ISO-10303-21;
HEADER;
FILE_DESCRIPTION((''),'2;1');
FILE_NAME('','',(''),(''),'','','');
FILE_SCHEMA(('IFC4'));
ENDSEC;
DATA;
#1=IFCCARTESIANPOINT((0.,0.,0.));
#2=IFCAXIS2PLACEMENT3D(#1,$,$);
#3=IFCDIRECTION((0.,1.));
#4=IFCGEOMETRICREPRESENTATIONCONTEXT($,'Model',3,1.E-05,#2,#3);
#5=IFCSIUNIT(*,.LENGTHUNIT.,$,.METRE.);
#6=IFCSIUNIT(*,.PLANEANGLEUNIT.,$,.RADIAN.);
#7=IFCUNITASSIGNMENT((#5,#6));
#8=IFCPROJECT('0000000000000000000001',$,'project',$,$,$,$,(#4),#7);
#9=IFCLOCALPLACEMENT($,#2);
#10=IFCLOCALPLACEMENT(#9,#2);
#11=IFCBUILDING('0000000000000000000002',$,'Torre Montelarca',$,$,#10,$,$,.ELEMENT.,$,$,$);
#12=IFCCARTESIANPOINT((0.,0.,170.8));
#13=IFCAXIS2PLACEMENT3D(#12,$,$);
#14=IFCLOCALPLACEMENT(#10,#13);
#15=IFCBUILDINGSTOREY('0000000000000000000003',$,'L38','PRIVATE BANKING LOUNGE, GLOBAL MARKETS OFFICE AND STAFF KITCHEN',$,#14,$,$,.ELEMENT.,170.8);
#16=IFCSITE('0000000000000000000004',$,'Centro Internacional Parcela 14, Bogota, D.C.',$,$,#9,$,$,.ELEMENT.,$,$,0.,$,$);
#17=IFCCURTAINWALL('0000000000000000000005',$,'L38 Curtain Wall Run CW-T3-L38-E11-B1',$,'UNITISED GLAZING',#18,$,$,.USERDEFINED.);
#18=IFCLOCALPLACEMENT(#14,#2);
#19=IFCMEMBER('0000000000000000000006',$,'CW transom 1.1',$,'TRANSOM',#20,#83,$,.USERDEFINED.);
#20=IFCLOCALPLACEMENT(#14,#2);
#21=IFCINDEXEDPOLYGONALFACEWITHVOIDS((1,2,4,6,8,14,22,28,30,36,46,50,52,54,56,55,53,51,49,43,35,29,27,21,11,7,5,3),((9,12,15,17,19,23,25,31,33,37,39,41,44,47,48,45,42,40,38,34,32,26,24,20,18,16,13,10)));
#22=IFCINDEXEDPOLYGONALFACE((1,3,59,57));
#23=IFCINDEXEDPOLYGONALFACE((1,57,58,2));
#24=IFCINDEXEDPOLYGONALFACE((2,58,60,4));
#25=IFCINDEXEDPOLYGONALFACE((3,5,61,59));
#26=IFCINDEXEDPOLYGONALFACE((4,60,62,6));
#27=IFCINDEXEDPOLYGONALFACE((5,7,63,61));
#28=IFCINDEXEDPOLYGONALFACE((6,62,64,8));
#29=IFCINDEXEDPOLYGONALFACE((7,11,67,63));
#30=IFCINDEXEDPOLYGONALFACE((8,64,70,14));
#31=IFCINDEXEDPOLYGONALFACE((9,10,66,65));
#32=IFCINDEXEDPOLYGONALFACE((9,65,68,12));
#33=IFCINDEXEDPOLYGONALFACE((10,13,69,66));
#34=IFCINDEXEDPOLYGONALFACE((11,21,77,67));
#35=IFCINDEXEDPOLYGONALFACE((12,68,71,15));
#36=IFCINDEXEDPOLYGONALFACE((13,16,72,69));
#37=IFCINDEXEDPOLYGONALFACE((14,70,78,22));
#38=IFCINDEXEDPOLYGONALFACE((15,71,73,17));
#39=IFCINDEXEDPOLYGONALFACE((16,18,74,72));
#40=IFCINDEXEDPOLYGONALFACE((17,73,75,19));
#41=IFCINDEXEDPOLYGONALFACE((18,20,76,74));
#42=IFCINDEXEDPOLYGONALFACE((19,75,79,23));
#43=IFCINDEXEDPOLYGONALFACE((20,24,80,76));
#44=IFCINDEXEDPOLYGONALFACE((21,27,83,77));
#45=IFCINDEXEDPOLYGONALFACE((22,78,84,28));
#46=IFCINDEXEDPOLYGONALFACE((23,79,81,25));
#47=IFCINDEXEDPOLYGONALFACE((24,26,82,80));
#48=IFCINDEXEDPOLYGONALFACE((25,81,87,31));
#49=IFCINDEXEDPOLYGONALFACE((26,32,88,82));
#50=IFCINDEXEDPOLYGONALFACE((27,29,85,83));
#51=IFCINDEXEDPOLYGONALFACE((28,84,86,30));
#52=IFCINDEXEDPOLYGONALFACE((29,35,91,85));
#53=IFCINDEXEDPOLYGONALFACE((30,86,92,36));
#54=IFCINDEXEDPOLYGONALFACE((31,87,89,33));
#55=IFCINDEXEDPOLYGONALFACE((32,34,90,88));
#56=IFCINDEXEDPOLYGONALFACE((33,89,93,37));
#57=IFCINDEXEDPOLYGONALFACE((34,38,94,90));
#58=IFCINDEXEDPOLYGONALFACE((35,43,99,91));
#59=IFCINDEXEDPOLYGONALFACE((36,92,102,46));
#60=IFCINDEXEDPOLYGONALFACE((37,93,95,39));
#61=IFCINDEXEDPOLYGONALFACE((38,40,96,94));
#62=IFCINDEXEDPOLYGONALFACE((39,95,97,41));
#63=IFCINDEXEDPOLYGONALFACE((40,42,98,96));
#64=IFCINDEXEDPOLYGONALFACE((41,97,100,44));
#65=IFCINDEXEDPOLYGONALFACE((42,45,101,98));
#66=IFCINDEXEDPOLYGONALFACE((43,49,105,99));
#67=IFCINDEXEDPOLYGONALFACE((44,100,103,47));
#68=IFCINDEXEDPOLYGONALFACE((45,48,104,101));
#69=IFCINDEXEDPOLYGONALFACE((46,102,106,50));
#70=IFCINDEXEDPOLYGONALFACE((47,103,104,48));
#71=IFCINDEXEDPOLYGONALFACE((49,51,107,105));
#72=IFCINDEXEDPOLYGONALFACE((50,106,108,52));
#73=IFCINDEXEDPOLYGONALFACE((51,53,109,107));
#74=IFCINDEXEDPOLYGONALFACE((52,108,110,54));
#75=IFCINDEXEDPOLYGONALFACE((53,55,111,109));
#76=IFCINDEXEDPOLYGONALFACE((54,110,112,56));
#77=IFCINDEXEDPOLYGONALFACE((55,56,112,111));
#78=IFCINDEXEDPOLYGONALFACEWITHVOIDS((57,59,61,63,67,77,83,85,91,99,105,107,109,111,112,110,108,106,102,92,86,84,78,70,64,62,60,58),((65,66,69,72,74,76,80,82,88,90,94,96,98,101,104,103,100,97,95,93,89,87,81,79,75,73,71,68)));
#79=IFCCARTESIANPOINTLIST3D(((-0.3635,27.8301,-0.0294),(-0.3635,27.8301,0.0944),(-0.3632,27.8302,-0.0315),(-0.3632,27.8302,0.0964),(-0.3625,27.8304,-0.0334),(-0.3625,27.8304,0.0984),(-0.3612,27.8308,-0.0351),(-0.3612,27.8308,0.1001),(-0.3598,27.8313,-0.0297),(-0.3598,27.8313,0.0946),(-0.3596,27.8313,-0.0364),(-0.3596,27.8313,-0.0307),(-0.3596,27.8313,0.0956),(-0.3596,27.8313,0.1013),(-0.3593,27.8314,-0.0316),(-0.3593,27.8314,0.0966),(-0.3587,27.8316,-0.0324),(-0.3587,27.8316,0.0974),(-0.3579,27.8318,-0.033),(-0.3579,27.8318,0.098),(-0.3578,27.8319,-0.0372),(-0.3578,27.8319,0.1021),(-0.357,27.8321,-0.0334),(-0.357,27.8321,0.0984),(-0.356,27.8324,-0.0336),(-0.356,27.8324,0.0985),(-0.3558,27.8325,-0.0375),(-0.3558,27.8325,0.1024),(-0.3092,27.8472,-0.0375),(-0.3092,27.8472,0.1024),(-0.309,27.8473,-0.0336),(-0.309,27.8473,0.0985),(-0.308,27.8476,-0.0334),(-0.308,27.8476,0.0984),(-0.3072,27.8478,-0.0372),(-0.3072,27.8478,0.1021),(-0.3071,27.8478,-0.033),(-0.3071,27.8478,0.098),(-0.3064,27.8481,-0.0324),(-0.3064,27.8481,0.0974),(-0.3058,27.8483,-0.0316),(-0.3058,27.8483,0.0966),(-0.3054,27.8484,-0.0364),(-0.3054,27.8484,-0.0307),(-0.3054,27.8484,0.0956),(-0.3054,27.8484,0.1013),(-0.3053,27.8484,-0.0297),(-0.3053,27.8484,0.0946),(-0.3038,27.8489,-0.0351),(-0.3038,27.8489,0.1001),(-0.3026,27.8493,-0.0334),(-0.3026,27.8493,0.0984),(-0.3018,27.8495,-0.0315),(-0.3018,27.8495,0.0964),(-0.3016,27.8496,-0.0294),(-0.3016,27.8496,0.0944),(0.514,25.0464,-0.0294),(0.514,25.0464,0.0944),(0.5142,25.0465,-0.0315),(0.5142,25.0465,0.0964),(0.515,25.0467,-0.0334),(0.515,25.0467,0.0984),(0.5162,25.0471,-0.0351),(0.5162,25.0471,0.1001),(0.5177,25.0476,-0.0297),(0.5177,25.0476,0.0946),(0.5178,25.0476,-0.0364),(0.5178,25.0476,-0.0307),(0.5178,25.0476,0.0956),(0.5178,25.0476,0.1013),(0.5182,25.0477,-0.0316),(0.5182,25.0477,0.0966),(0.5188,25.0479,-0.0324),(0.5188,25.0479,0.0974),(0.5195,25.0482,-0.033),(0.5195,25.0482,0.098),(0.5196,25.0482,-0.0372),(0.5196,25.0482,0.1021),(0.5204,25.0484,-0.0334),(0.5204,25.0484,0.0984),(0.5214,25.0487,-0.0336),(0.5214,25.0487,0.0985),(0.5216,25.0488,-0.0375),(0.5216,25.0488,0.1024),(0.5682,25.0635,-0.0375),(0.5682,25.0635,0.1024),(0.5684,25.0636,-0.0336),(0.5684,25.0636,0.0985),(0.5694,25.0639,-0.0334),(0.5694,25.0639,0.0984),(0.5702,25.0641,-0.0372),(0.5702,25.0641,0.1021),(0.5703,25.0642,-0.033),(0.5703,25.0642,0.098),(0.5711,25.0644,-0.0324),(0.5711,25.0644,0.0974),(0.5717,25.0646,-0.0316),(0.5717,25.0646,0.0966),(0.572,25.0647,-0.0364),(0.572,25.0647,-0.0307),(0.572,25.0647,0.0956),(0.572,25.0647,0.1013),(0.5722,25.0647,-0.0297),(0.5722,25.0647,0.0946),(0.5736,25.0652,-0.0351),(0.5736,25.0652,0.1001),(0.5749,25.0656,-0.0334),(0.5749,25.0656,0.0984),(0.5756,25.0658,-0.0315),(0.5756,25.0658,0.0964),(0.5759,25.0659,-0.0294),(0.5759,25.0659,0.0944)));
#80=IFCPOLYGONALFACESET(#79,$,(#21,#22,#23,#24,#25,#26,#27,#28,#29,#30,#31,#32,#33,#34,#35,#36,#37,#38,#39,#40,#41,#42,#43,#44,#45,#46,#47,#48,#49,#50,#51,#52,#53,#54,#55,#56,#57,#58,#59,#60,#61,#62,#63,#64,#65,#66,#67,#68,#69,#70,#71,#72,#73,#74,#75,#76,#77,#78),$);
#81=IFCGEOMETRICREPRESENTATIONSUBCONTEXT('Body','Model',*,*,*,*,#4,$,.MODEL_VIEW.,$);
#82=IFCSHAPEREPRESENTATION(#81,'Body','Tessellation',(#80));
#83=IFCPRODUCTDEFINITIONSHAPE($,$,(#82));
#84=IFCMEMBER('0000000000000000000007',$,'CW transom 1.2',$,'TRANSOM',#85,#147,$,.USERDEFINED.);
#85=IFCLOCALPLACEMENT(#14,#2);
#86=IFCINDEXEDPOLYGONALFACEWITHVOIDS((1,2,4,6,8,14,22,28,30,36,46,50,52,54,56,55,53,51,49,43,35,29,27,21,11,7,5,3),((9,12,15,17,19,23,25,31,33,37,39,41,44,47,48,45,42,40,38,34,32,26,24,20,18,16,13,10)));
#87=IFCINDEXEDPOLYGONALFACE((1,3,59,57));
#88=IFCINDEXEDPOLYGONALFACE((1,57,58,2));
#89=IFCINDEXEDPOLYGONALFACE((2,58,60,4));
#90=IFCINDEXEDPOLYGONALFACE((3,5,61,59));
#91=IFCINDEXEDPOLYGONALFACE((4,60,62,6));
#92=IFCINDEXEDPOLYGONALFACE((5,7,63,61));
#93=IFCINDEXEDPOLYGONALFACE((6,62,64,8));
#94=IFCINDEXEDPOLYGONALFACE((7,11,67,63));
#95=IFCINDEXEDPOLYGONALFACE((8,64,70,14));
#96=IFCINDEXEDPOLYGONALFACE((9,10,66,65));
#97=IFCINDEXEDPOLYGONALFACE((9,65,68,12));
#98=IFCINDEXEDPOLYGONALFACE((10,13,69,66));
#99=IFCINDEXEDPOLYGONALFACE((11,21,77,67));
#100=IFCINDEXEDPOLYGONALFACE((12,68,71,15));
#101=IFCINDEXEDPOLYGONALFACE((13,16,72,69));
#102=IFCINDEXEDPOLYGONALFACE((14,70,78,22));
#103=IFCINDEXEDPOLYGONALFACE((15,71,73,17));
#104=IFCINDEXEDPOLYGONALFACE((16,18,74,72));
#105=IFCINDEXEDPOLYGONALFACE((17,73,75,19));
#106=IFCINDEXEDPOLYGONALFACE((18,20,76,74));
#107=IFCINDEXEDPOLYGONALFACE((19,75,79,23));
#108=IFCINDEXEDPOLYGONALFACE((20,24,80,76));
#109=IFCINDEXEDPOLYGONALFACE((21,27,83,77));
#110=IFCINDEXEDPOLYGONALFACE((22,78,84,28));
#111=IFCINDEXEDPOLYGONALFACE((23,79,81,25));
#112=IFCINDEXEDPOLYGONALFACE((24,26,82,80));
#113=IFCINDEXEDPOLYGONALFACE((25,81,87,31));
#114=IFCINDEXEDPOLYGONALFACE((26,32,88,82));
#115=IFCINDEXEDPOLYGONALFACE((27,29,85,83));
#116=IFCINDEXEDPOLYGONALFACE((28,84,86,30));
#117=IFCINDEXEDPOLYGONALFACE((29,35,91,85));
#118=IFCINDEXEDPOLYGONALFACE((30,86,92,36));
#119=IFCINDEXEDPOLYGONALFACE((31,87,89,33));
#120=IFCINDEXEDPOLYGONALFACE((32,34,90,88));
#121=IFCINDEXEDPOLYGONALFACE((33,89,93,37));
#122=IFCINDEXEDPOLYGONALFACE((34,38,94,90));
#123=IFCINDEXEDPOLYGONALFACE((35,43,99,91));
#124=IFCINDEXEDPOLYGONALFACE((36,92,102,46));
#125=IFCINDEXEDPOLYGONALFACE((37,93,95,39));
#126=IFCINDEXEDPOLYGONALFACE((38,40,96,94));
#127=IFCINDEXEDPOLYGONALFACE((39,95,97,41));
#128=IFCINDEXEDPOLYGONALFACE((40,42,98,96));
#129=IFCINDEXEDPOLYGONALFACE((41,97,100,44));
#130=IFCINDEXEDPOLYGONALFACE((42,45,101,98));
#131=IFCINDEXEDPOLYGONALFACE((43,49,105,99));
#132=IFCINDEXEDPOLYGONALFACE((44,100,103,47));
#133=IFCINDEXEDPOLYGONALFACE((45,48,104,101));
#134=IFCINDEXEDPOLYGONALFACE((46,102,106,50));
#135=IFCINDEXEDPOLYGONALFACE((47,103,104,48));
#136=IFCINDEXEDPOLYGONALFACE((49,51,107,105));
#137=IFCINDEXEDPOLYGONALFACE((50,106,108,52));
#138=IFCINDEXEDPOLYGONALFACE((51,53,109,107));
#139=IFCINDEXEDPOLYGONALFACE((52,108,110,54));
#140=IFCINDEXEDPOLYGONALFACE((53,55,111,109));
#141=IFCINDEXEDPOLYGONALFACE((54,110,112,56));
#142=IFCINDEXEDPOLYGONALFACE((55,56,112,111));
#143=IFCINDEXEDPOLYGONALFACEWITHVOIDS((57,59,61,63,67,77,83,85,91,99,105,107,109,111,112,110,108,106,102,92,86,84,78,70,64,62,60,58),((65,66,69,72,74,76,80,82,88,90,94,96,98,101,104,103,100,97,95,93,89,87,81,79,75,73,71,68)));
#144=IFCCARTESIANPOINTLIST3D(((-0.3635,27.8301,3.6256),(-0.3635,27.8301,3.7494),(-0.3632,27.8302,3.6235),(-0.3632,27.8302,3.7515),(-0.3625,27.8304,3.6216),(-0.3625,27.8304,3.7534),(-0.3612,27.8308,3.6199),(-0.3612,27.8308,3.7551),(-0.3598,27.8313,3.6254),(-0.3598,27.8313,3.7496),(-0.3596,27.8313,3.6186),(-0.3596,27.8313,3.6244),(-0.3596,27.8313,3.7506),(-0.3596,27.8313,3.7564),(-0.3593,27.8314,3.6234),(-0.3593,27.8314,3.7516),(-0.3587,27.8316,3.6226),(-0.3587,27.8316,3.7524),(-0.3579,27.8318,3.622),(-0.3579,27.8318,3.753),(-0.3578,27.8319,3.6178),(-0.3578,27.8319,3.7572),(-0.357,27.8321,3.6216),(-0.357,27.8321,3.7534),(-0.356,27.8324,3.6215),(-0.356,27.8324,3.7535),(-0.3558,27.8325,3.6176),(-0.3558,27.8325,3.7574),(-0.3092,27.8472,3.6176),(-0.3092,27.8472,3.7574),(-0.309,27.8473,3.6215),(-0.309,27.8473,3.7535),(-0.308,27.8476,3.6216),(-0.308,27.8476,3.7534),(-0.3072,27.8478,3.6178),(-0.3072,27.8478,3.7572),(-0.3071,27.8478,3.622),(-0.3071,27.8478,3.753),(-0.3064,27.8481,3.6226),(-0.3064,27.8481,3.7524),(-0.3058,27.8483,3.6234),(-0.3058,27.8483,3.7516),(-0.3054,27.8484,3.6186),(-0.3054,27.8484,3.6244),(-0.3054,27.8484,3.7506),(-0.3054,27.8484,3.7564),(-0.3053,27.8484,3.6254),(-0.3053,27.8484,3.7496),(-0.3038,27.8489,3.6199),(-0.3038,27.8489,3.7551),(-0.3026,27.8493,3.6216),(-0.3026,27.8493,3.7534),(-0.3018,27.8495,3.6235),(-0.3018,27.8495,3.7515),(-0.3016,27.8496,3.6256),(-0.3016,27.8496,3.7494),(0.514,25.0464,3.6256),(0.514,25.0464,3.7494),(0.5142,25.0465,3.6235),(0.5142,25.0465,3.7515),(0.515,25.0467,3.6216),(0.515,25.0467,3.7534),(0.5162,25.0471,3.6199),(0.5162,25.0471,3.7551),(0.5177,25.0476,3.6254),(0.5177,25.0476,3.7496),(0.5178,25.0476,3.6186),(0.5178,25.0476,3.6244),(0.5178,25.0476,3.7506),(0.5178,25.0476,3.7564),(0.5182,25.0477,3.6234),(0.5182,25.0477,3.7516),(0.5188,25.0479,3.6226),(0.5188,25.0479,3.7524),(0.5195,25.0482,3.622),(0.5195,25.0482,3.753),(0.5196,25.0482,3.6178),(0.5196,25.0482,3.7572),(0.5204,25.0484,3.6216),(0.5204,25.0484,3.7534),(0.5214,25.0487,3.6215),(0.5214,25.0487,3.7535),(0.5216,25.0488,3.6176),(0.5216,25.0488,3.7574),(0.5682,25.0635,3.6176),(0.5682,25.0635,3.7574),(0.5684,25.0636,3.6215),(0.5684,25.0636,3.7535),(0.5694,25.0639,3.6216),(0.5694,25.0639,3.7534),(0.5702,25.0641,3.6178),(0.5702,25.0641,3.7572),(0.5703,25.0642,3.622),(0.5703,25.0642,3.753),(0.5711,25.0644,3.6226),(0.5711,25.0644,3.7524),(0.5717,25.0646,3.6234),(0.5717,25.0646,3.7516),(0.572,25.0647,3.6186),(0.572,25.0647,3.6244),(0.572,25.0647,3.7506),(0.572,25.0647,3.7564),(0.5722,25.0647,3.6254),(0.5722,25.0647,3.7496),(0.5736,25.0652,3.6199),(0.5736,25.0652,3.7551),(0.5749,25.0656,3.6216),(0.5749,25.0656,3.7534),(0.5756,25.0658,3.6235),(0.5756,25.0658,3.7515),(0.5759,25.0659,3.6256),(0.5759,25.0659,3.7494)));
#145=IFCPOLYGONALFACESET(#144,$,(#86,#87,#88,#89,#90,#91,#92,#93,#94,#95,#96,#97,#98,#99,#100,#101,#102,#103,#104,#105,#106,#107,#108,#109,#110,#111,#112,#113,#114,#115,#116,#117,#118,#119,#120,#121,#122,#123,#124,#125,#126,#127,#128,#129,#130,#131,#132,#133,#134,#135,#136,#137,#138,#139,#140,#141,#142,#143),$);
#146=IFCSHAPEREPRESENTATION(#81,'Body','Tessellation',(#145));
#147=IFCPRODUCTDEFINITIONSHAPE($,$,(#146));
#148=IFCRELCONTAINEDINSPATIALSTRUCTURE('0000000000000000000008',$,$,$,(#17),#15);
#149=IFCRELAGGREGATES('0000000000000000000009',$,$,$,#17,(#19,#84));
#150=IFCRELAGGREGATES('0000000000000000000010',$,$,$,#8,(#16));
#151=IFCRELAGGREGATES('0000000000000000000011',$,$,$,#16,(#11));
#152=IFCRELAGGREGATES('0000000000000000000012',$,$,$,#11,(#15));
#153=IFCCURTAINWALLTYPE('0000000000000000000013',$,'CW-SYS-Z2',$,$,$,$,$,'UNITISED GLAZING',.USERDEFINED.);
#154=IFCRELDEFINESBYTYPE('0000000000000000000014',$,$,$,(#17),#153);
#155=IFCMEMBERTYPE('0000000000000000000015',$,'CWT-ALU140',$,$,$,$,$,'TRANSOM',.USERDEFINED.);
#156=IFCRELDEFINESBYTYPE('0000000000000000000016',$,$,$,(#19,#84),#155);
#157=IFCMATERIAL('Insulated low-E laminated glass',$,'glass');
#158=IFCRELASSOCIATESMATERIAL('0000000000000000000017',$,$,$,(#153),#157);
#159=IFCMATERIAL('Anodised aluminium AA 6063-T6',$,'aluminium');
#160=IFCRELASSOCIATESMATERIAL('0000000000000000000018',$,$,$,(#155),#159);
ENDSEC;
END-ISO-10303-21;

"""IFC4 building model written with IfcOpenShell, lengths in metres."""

from ifc_helpers import new_model, si_unit, direction, frame, origin, origin_2d, place, context, subcontext, project, spatial, hollow_rectangle, extrude, source, transform, mapped, material, material_profile, profile_set, type_object, element, aggregate, save


model = new_model("IFC4")

# Units and contexts
model_context = context("Model", 3, precision=1e-05, world=origin(), true_north=direction((0.0, 1.0)))
body_context = subcontext(model_context, "Body", "Model", "MODEL_VIEW")
ifc_project = project(units=[si_unit("LENGTHUNIT", "METRE"), si_unit("PLANEANGLEUNIT", "RADIAN")], contexts=[model_context])

# Site, building, storey
site_placement = place(None, origin())
site = spatial("IfcSite", under=ifc_project, at=site_placement, Name="Centro Internacional Parcela 14, Bogota, D.C.", CompositionType="ELEMENT", RefElevation=0.0)
building_placement = place(site_placement, origin())
building = spatial("IfcBuilding", under=site, at=building_placement, Name="Torre Montelarca", CompositionType="ELEMENT")
storey_placement = place(building_placement, frame((0.0, 0.0, 170.8)))
storey = spatial("IfcBuildingStorey", under=building, at=storey_placement, Name="L38", Description="PRIVATE BANKING LOUNGE, GLOBAL MARKETS OFFICE AND STAFF KITCHEN", CompositionType="ELEMENT", Elevation=170.8)

# Curtain wall, members
ifc_material_1 = material(Name="Insulated low-E laminated glass", Category="glass")
curtain_wall_type = type_object("IfcCurtainWallType", Name="CW-SYS-Z2", ElementType="UNITISED GLAZING", PredefinedType="USERDEFINED", material=ifc_material_1)
curtain_wall_1_placement = place(storey_placement, origin())
curtain_wall_1 = element("IfcCurtainWall", 1, at=curtain_wall_1_placement, inside=storey, type_object=curtain_wall_type, Name="L38 Curtain Wall Run CW-T3-L38-E11-B1", ObjectType="UNITISED GLAZING", PredefinedType="USERDEFINED")
ifc_material_2 = material(Name="Anodised aluminium AA 6063-T6", Category="aluminium")
ifc_material_profile_1 = material_profile(ifc_material_2, hollow_rectangle(XDim=0.0649, YDim=0.1399, WallThickness=0.0039, InnerFilletRadius=0.0039, OuterFilletRadius=0.0081, at=origin_2d()), Name="ALU65X140X4", Category="aluminium")
ifc_profile_set_1 = profile_set([ifc_material_profile_1], Name="Anodised aluminium AA 6063-T6")
member_type_1 = type_object("IfcMemberType", Name="CWT-ALU140", ElementType="TRANSOM", PredefinedType="USERDEFINED", material=ifc_profile_set_1)
shared_shape_1 = source(origin(), body_context, "Body", "SweptSolid", [
    extrude(hollow_rectangle(XDim=0.0649, YDim=0.1399, WallThickness=0.0039, InnerFilletRadius=0.0039, OuterFilletRadius=0.0081, at=origin_2d()), origin(), (0.0, 0.0, 1.0), 2.9187),
])
member_1_placement = place(storey_placement, frame((-0.3325, 27.8398, 0.0325), z_axis=(0.300627, -0.953742, 0.0), x_axis=(0.953742, 0.300627, 0.0)))
member_1 = element("IfcMember", 2, at=member_1_placement, type_object=member_type_1, Name="CW transom 1.1", ObjectType="TRANSOM", PredefinedType="USERDEFINED", context=body_context, shape_type="MappedRepresentation", body=[
    mapped(shared_shape_1, transform((0.0, 0.0, 0.0), scale=1.0)),
])
member_2_placement = place(storey_placement, frame((-0.3325, 27.8398, 3.6875), z_axis=(0.300627, -0.953742, 0.0), x_axis=(0.953742, 0.300627, 0.0)))
member_2 = element("IfcMember", 3, at=member_2_placement, type_object=member_type_1, Name="CW transom 1.2", ObjectType="TRANSOM", PredefinedType="USERDEFINED", context=body_context, shape_type="MappedRepresentation", body=[
    mapped(shared_shape_1, transform((0.0, 0.0, 0.0), scale=1.0)),
])

aggregate(curtain_wall_1, [member_1, member_2])

save(model, "model.ifc")
